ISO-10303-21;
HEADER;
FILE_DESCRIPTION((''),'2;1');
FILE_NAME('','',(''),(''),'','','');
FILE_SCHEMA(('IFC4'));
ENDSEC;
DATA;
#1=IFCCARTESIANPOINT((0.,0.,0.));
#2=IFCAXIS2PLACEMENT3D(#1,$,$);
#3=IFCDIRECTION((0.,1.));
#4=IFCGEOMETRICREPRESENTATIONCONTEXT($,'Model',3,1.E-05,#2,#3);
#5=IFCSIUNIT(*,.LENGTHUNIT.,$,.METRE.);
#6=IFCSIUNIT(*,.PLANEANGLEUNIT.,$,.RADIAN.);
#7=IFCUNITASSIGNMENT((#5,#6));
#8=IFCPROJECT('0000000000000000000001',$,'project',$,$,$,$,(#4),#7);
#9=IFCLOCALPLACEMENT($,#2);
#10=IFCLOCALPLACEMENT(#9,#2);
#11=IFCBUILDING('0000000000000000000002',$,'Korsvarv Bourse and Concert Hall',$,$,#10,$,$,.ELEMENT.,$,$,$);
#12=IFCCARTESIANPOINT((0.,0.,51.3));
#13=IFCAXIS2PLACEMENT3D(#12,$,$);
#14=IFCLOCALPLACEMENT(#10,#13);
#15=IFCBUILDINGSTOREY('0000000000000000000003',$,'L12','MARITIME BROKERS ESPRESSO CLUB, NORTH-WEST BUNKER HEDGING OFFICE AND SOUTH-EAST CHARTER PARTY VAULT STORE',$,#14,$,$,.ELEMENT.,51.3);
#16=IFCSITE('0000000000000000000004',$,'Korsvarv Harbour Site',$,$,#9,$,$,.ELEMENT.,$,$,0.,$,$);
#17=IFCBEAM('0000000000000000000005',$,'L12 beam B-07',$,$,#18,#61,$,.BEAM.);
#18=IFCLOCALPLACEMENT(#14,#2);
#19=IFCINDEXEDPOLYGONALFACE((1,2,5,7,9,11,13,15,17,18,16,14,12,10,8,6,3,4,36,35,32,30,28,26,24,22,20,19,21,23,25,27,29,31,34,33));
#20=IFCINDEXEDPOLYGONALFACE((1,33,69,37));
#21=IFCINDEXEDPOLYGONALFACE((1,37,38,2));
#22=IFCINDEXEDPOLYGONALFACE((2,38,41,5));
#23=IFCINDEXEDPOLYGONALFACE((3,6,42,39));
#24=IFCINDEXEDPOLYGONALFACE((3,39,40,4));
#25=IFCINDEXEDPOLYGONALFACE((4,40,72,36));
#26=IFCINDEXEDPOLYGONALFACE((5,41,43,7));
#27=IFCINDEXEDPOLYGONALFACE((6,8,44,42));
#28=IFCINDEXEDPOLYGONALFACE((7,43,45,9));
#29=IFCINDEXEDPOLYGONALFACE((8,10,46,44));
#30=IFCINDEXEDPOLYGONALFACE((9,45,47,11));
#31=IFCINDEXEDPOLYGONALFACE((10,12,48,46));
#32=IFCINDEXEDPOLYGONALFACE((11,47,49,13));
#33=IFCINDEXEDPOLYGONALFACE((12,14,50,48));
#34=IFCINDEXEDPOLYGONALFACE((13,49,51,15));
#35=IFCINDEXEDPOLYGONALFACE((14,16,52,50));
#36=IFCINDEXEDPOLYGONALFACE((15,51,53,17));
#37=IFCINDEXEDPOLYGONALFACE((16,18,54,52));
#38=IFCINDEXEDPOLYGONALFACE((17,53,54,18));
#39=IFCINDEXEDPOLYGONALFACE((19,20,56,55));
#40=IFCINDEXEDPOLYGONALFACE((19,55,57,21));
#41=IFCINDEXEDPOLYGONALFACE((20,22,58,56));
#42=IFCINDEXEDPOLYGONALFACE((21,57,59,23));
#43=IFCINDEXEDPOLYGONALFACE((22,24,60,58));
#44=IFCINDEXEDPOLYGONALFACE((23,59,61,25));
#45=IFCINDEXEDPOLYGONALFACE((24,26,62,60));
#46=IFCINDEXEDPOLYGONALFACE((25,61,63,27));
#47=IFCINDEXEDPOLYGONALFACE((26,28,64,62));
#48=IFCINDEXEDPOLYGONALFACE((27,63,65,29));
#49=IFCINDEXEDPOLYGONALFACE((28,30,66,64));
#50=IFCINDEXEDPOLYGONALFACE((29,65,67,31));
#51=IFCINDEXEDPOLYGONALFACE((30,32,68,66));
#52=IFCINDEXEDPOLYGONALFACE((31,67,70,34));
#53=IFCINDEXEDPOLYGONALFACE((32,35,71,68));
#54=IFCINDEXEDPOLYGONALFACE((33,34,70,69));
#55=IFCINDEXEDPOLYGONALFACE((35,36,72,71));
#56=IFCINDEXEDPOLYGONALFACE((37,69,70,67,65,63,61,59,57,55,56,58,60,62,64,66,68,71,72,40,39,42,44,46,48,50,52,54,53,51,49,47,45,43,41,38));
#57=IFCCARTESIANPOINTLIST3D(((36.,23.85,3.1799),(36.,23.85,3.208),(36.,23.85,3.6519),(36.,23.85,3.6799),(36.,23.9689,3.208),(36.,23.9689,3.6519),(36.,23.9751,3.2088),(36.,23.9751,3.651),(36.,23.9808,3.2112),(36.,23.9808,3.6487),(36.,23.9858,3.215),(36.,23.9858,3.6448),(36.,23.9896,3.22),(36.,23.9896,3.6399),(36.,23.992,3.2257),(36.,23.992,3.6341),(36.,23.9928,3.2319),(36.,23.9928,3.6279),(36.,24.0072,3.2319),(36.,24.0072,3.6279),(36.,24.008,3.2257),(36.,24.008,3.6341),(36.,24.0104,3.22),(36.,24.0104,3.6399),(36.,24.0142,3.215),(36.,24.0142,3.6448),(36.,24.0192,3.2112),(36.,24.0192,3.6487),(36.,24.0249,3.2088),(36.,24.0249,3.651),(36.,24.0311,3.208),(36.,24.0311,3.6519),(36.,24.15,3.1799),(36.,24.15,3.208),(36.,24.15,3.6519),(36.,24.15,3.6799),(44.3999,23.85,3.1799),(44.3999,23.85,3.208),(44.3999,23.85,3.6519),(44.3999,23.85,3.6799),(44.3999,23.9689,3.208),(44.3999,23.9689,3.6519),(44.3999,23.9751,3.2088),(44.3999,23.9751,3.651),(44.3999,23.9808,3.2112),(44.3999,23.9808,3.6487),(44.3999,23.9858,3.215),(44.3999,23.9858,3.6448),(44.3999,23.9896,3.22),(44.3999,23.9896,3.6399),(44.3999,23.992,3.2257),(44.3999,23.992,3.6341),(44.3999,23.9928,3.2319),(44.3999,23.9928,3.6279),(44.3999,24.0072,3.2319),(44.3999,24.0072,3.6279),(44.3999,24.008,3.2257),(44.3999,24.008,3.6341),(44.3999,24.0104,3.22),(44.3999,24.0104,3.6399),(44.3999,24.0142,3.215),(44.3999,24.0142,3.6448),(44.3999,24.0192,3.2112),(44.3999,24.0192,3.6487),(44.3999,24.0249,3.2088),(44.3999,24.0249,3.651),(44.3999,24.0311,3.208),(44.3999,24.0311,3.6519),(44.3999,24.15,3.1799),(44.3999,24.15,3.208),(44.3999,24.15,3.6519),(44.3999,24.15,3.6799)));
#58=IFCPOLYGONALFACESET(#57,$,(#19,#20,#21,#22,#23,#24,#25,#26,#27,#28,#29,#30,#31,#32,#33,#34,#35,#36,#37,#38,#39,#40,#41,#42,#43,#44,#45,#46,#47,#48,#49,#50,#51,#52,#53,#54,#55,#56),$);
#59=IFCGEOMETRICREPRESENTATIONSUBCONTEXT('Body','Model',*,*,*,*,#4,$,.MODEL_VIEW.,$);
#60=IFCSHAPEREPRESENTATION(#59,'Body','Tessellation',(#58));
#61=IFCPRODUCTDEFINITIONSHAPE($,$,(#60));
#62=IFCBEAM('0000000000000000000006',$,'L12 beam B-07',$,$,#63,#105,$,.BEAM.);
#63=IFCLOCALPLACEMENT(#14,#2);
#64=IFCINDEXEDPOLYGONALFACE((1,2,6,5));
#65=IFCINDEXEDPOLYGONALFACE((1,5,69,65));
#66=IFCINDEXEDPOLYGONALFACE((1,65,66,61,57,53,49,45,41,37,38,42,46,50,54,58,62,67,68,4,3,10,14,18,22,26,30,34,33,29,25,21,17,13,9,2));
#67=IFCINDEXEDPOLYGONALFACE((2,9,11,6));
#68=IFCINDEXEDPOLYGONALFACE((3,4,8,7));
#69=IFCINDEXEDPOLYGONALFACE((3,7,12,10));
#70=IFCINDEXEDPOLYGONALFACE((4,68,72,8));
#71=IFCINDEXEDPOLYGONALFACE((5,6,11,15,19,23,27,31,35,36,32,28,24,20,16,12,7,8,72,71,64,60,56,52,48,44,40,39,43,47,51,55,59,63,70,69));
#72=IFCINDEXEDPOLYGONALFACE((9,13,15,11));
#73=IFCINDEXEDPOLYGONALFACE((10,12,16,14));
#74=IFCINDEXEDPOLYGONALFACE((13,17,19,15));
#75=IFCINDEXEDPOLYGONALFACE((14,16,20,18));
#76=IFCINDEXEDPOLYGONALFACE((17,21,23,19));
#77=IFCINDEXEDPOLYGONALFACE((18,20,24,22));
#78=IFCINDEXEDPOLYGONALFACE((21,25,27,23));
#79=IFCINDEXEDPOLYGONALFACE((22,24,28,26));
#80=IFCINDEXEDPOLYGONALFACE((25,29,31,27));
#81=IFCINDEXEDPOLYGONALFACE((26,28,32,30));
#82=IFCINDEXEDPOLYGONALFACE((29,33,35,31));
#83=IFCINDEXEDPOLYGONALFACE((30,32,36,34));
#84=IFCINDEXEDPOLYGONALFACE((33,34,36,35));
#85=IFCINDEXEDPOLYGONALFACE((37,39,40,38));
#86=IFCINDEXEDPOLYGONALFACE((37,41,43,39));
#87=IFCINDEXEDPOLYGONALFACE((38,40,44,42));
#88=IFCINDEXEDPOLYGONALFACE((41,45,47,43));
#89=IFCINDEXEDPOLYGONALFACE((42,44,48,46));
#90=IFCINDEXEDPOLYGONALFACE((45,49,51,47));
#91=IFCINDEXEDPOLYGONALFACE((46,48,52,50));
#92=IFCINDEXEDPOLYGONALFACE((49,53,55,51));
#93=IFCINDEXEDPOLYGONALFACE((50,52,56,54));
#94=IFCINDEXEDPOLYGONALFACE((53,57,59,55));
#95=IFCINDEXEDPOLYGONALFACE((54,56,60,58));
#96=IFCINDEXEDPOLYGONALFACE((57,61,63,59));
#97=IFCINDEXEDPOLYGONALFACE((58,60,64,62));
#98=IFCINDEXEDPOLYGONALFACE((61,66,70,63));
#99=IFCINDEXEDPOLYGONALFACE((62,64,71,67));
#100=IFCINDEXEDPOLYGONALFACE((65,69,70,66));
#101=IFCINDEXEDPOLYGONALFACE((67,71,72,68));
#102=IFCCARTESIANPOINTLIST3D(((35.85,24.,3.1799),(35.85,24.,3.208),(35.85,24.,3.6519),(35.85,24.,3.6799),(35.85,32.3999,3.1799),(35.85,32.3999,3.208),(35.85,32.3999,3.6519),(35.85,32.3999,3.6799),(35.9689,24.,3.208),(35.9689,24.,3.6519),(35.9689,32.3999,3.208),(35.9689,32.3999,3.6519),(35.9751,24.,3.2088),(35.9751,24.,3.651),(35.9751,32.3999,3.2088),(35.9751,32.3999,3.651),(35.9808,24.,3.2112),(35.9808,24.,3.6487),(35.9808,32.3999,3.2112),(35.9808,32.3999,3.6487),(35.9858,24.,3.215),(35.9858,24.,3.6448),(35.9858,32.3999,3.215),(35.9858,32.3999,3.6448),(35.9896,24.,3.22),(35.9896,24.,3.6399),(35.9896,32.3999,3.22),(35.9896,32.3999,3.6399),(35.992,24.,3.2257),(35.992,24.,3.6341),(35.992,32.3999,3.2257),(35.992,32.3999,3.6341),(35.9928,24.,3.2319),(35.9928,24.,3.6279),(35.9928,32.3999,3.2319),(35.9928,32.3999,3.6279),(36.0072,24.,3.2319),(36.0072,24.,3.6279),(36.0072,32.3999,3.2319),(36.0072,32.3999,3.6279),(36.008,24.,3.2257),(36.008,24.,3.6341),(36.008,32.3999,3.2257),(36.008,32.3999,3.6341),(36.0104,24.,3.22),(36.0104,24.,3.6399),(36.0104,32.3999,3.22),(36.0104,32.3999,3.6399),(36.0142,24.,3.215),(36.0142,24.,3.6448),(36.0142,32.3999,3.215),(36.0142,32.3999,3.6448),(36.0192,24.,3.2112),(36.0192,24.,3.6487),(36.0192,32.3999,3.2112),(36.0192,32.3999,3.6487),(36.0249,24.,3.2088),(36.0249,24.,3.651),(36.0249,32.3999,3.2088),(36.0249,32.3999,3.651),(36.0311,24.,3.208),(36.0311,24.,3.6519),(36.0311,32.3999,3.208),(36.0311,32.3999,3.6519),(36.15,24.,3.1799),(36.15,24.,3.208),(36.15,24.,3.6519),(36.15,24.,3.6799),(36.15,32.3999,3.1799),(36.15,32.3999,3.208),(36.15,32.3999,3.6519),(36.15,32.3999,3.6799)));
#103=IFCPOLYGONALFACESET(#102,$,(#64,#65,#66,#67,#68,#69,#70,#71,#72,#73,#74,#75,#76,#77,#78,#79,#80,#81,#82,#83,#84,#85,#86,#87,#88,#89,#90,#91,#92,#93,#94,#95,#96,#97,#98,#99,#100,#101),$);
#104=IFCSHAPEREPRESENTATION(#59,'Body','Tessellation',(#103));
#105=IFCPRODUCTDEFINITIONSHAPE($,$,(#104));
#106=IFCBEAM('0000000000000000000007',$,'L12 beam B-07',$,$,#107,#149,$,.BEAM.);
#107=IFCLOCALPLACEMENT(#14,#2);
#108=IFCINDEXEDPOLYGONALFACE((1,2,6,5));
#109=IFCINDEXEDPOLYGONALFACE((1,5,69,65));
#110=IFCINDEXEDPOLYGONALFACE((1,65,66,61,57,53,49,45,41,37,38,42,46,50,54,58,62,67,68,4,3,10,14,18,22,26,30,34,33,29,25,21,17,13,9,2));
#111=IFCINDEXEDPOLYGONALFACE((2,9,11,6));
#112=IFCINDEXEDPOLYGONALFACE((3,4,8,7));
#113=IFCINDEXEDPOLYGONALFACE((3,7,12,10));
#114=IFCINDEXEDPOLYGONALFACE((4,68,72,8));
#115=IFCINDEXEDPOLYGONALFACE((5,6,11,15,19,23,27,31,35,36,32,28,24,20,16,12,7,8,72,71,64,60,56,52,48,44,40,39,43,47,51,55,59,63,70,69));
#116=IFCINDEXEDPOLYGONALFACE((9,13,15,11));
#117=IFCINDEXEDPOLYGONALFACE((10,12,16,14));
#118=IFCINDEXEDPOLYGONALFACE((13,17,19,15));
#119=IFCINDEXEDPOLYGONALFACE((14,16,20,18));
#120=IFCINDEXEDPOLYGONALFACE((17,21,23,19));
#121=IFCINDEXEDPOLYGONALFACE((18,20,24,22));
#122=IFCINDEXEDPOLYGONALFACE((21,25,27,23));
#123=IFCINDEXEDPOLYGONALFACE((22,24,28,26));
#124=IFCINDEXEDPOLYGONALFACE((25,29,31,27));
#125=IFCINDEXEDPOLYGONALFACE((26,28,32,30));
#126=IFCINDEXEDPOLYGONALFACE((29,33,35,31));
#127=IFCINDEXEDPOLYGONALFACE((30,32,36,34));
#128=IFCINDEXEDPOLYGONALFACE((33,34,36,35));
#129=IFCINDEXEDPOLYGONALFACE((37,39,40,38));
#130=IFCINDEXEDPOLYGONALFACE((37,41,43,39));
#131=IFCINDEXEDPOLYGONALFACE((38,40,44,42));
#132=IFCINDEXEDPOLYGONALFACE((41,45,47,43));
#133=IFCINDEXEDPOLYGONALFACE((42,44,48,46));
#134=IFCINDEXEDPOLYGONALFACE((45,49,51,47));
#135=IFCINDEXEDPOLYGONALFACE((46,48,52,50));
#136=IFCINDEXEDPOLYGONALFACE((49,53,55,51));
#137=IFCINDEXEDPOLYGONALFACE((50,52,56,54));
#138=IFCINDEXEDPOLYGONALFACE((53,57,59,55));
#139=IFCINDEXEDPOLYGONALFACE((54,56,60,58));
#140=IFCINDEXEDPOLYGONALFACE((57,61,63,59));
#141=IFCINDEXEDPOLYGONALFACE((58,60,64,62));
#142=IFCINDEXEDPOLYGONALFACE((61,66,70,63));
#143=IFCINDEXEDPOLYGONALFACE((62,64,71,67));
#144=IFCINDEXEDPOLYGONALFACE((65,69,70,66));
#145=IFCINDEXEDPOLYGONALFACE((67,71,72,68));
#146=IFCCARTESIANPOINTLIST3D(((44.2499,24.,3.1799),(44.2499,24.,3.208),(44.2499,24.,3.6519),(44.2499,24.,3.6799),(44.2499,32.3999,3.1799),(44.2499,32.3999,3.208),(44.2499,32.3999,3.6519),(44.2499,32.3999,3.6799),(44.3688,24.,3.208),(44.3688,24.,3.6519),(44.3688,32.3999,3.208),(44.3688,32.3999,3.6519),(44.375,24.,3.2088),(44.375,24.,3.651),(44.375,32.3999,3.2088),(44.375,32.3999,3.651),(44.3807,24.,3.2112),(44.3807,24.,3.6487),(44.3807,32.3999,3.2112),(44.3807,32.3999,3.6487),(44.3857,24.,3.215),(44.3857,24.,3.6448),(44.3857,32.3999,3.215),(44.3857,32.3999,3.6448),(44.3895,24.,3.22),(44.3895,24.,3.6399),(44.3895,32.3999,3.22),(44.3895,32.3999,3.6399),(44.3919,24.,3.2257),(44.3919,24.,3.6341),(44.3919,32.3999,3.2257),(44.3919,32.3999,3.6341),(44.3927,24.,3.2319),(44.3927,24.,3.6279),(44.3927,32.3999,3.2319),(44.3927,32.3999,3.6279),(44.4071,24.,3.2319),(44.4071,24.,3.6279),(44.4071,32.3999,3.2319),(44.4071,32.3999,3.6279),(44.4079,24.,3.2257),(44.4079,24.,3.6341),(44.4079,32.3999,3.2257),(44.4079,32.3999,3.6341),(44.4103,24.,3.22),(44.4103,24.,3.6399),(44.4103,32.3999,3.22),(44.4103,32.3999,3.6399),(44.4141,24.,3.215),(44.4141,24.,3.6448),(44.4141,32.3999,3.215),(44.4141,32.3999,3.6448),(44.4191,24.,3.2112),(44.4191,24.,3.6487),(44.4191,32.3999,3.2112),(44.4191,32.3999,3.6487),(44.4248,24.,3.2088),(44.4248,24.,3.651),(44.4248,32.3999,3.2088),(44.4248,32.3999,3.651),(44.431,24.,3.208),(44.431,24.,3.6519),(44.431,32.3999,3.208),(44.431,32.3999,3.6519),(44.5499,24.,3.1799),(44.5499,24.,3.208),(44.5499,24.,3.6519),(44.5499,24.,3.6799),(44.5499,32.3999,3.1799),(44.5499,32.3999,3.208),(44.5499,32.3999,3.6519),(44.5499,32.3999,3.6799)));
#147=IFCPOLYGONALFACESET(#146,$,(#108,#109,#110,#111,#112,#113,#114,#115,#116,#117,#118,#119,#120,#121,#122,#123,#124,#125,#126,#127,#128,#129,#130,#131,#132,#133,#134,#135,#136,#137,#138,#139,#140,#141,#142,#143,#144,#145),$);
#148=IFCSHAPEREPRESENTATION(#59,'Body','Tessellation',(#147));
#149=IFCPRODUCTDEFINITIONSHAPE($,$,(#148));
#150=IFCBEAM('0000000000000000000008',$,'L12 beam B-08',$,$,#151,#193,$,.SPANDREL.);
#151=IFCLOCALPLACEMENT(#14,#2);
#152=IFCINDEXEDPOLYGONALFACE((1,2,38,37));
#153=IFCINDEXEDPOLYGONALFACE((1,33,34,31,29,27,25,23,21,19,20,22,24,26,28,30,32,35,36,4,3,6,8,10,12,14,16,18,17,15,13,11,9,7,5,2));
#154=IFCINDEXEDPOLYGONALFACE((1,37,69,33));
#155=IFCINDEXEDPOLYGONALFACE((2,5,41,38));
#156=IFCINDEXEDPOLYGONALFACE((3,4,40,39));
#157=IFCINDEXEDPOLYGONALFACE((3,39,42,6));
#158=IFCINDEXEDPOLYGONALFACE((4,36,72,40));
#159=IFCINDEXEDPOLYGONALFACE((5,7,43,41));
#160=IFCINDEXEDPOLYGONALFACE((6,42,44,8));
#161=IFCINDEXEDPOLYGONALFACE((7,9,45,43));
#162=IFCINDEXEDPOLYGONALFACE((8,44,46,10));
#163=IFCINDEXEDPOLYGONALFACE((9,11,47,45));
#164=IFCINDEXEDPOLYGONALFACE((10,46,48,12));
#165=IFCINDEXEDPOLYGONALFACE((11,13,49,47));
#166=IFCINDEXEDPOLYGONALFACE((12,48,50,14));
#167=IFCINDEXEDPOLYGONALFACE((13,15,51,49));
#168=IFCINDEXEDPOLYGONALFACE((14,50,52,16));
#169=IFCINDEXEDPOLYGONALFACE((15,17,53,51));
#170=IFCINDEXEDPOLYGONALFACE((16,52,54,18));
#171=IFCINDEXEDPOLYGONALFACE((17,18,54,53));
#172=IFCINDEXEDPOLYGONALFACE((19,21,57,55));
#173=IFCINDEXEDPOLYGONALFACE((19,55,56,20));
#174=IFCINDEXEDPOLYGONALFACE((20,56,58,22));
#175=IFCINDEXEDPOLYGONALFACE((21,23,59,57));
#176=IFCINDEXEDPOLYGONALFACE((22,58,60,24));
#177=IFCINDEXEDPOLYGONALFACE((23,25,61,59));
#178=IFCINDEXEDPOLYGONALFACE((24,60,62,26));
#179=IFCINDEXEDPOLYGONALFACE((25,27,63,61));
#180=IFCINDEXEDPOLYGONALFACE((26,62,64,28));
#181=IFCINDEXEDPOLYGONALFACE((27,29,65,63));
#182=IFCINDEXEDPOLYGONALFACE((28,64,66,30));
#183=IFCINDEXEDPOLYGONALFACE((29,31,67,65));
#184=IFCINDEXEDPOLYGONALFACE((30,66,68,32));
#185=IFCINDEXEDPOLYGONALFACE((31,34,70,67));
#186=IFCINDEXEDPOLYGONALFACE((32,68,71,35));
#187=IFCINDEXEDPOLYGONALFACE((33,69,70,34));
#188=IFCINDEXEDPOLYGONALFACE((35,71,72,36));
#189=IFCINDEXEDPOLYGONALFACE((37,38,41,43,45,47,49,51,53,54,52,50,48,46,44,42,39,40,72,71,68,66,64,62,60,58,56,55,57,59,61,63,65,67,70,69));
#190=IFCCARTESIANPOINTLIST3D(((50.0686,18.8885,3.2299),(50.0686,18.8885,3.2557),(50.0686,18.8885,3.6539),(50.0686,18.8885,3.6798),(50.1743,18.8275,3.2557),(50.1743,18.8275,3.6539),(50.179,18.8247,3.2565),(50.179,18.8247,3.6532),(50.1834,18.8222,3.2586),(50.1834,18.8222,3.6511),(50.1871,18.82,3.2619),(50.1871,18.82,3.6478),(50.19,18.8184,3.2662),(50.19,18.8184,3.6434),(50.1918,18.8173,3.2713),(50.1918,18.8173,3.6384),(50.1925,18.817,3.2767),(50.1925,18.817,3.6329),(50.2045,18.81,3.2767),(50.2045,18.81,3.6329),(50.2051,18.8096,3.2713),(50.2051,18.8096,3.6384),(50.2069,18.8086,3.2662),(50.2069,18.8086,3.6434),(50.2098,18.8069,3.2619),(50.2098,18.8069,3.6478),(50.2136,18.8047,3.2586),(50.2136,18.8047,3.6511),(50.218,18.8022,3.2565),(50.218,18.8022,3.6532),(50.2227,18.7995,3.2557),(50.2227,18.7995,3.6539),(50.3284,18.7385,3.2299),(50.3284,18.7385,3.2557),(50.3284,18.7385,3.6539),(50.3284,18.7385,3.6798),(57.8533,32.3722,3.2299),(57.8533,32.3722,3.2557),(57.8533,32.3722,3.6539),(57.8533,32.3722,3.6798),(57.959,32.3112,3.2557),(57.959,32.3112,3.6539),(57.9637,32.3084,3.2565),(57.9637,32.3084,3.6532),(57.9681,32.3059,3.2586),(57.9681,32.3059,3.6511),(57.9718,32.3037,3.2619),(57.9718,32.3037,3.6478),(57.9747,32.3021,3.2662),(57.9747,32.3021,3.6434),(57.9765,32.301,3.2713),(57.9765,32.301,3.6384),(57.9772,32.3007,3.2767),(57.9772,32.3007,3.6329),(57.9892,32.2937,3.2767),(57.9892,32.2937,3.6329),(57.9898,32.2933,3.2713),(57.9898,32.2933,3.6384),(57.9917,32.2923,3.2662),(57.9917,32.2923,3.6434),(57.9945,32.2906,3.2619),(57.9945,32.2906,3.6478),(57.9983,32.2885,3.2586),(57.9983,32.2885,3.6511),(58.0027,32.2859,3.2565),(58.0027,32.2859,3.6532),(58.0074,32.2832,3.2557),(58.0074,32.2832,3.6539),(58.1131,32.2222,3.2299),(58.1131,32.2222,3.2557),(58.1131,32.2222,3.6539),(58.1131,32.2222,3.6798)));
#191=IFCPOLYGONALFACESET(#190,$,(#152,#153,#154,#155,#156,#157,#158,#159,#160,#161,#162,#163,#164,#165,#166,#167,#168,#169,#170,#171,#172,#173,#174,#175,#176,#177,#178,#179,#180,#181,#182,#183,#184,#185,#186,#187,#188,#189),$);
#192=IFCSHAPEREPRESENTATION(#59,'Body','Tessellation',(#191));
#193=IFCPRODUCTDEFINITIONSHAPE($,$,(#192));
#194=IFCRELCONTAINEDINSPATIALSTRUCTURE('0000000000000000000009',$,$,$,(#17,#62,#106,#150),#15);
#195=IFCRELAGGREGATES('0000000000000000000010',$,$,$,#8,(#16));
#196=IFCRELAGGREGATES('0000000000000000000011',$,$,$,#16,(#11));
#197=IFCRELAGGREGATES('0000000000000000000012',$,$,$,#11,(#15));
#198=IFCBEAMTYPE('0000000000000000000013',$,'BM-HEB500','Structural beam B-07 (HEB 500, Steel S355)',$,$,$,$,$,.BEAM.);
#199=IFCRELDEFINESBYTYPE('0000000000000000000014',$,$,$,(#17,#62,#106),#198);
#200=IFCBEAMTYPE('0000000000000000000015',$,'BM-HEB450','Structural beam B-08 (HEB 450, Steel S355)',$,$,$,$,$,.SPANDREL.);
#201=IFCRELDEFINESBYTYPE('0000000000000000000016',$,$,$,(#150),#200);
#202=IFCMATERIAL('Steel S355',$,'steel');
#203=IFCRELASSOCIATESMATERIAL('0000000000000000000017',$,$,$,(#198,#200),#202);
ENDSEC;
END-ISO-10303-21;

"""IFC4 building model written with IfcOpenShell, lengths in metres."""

from ifc_helpers import new_model, si_unit, direction, frame, origin, origin_2d, place, context, subcontext, project, spatial, i_section, extrude, source, transform, mapped, material, material_profile, profile_set, type_object, element, save


model = new_model("IFC4")

# Units and contexts
model_context = context("Model", 3, precision=1e-05, world=origin(), true_north=direction((0.0, 1.0)))
body_context = subcontext(model_context, "Body", "Model", "MODEL_VIEW")
ifc_project = project(units=[si_unit("LENGTHUNIT", "METRE"), si_unit("PLANEANGLEUNIT", "RADIAN")], contexts=[model_context])

# Site, building, storey
site_placement = place(None, origin())
site = spatial("IfcSite", under=ifc_project, at=site_placement, Name="Korsvarv Harbour Site", CompositionType="ELEMENT", RefElevation=0.0)
building_placement = place(site_placement, origin())
building = spatial("IfcBuilding", under=site, at=building_placement, Name="Korsvarv Bourse and Concert Hall", CompositionType="ELEMENT")
storey_placement = place(building_placement, frame((0.0, 0.0, 51.3)))
storey = spatial("IfcBuildingStorey", under=building, at=storey_placement, Name="L12", Description="MARITIME BROKERS ESPRESSO CLUB, NORTH-WEST BUNKER HEDGING OFFICE AND SOUTH-EAST CHARTER PARTY VAULT STORE", CompositionType="ELEMENT", Elevation=51.3)

# Beams
ifc_material_1 = material(Name="Steel S355", Category="steel")
ifc_material_profile_1 = material_profile(ifc_material_1, i_section(OverallWidth=0.3, OverallDepth=0.5, WebThickness=0.0144, FlangeThickness=0.0281, FilletRadius=0.0239, at=origin_2d()), Name="HEB 500")
ifc_profile_set_1 = profile_set([ifc_material_profile_1], Name="Steel S355")
beam_type_1 = type_object("IfcBeamType", Name="BM-HEB500", Description="Structural beam B-07 (HEB 500, Steel S355)", PredefinedType="BEAM", material=ifc_profile_set_1)
shared_shape_1 = source(origin(), body_context, "Body", "SweptSolid", [
    extrude(i_section(OverallWidth=0.3, OverallDepth=0.5, WebThickness=0.0144, FlangeThickness=0.0281, FilletRadius=0.0239, at=origin_2d()), origin(), (0.0, 0.0, 1.0), 8.3999),
])
for number, where, z_axis, x_axis, name in (
    (1, (36.0, 24.0, 3.4299), (1.0, 0.0, 0.0), (0.0, 1.0, 0.0), "L12 beam B-07"),
    (2, (36.0, 24.0, 3.4299), (0.0, 1.0, 0.0), (-1.0, 0.0, 0.0), "L12 beam B-07"),
    (3, (44.3999, 24.0, 3.4299), (0.0, 1.0, 0.0), (-1.0, 0.0, 0.0), "L12 beam B-07"),
):
    element("IfcBeam", number, at=place(storey_placement, frame(where, z_axis=z_axis, x_axis=x_axis)), inside=storey, type_object=beam_type_1, Name=name, PredefinedType="BEAM", context=body_context, shape_type="MappedRepresentation", body=[
        mapped(shared_shape_1, transform((0.0, 0.0, 0.0), scale=1.0)),
    ])
ifc_material_profile_2 = material_profile(ifc_material_1, i_section(OverallWidth=0.3, OverallDepth=0.45, WebThickness=0.0139, FlangeThickness=0.0259, FilletRadius=0.021, at=origin_2d()), Name="HEB 450")
ifc_profile_set_2 = profile_set([ifc_material_profile_2], Name="Steel S355")
beam_type_2 = type_object("IfcBeamType", Name="BM-HEB450", Description="Structural beam B-08 (HEB 450, Steel S355)", PredefinedType="SPANDREL", material=ifc_profile_set_2)
shared_shape_2 = source(origin(), body_context, "Body", "SweptSolid", [
    extrude(i_section(OverallWidth=0.3, OverallDepth=0.45, WebThickness=0.0139, FlangeThickness=0.0259, FilletRadius=0.021, at=origin_2d()), origin(), (0.0, 0.0, 1.0), 15.5696),
])
beam_1_placement = place(storey_placement, frame((50.1985, 18.8135, 3.4548), z_axis=(0.499994, 0.866029, 0.0), x_axis=(-0.866029, 0.499994, 0.0)))
element("IfcBeam", 4, at=beam_1_placement, inside=storey, type_object=beam_type_2, Name="L12 beam B-08", PredefinedType="SPANDREL", context=body_context, shape_type="MappedRepresentation", body=[
    mapped(shared_shape_2, transform((0.0, 0.0, 0.0), scale=1.0)),
])

save(model, "model.ifc")
